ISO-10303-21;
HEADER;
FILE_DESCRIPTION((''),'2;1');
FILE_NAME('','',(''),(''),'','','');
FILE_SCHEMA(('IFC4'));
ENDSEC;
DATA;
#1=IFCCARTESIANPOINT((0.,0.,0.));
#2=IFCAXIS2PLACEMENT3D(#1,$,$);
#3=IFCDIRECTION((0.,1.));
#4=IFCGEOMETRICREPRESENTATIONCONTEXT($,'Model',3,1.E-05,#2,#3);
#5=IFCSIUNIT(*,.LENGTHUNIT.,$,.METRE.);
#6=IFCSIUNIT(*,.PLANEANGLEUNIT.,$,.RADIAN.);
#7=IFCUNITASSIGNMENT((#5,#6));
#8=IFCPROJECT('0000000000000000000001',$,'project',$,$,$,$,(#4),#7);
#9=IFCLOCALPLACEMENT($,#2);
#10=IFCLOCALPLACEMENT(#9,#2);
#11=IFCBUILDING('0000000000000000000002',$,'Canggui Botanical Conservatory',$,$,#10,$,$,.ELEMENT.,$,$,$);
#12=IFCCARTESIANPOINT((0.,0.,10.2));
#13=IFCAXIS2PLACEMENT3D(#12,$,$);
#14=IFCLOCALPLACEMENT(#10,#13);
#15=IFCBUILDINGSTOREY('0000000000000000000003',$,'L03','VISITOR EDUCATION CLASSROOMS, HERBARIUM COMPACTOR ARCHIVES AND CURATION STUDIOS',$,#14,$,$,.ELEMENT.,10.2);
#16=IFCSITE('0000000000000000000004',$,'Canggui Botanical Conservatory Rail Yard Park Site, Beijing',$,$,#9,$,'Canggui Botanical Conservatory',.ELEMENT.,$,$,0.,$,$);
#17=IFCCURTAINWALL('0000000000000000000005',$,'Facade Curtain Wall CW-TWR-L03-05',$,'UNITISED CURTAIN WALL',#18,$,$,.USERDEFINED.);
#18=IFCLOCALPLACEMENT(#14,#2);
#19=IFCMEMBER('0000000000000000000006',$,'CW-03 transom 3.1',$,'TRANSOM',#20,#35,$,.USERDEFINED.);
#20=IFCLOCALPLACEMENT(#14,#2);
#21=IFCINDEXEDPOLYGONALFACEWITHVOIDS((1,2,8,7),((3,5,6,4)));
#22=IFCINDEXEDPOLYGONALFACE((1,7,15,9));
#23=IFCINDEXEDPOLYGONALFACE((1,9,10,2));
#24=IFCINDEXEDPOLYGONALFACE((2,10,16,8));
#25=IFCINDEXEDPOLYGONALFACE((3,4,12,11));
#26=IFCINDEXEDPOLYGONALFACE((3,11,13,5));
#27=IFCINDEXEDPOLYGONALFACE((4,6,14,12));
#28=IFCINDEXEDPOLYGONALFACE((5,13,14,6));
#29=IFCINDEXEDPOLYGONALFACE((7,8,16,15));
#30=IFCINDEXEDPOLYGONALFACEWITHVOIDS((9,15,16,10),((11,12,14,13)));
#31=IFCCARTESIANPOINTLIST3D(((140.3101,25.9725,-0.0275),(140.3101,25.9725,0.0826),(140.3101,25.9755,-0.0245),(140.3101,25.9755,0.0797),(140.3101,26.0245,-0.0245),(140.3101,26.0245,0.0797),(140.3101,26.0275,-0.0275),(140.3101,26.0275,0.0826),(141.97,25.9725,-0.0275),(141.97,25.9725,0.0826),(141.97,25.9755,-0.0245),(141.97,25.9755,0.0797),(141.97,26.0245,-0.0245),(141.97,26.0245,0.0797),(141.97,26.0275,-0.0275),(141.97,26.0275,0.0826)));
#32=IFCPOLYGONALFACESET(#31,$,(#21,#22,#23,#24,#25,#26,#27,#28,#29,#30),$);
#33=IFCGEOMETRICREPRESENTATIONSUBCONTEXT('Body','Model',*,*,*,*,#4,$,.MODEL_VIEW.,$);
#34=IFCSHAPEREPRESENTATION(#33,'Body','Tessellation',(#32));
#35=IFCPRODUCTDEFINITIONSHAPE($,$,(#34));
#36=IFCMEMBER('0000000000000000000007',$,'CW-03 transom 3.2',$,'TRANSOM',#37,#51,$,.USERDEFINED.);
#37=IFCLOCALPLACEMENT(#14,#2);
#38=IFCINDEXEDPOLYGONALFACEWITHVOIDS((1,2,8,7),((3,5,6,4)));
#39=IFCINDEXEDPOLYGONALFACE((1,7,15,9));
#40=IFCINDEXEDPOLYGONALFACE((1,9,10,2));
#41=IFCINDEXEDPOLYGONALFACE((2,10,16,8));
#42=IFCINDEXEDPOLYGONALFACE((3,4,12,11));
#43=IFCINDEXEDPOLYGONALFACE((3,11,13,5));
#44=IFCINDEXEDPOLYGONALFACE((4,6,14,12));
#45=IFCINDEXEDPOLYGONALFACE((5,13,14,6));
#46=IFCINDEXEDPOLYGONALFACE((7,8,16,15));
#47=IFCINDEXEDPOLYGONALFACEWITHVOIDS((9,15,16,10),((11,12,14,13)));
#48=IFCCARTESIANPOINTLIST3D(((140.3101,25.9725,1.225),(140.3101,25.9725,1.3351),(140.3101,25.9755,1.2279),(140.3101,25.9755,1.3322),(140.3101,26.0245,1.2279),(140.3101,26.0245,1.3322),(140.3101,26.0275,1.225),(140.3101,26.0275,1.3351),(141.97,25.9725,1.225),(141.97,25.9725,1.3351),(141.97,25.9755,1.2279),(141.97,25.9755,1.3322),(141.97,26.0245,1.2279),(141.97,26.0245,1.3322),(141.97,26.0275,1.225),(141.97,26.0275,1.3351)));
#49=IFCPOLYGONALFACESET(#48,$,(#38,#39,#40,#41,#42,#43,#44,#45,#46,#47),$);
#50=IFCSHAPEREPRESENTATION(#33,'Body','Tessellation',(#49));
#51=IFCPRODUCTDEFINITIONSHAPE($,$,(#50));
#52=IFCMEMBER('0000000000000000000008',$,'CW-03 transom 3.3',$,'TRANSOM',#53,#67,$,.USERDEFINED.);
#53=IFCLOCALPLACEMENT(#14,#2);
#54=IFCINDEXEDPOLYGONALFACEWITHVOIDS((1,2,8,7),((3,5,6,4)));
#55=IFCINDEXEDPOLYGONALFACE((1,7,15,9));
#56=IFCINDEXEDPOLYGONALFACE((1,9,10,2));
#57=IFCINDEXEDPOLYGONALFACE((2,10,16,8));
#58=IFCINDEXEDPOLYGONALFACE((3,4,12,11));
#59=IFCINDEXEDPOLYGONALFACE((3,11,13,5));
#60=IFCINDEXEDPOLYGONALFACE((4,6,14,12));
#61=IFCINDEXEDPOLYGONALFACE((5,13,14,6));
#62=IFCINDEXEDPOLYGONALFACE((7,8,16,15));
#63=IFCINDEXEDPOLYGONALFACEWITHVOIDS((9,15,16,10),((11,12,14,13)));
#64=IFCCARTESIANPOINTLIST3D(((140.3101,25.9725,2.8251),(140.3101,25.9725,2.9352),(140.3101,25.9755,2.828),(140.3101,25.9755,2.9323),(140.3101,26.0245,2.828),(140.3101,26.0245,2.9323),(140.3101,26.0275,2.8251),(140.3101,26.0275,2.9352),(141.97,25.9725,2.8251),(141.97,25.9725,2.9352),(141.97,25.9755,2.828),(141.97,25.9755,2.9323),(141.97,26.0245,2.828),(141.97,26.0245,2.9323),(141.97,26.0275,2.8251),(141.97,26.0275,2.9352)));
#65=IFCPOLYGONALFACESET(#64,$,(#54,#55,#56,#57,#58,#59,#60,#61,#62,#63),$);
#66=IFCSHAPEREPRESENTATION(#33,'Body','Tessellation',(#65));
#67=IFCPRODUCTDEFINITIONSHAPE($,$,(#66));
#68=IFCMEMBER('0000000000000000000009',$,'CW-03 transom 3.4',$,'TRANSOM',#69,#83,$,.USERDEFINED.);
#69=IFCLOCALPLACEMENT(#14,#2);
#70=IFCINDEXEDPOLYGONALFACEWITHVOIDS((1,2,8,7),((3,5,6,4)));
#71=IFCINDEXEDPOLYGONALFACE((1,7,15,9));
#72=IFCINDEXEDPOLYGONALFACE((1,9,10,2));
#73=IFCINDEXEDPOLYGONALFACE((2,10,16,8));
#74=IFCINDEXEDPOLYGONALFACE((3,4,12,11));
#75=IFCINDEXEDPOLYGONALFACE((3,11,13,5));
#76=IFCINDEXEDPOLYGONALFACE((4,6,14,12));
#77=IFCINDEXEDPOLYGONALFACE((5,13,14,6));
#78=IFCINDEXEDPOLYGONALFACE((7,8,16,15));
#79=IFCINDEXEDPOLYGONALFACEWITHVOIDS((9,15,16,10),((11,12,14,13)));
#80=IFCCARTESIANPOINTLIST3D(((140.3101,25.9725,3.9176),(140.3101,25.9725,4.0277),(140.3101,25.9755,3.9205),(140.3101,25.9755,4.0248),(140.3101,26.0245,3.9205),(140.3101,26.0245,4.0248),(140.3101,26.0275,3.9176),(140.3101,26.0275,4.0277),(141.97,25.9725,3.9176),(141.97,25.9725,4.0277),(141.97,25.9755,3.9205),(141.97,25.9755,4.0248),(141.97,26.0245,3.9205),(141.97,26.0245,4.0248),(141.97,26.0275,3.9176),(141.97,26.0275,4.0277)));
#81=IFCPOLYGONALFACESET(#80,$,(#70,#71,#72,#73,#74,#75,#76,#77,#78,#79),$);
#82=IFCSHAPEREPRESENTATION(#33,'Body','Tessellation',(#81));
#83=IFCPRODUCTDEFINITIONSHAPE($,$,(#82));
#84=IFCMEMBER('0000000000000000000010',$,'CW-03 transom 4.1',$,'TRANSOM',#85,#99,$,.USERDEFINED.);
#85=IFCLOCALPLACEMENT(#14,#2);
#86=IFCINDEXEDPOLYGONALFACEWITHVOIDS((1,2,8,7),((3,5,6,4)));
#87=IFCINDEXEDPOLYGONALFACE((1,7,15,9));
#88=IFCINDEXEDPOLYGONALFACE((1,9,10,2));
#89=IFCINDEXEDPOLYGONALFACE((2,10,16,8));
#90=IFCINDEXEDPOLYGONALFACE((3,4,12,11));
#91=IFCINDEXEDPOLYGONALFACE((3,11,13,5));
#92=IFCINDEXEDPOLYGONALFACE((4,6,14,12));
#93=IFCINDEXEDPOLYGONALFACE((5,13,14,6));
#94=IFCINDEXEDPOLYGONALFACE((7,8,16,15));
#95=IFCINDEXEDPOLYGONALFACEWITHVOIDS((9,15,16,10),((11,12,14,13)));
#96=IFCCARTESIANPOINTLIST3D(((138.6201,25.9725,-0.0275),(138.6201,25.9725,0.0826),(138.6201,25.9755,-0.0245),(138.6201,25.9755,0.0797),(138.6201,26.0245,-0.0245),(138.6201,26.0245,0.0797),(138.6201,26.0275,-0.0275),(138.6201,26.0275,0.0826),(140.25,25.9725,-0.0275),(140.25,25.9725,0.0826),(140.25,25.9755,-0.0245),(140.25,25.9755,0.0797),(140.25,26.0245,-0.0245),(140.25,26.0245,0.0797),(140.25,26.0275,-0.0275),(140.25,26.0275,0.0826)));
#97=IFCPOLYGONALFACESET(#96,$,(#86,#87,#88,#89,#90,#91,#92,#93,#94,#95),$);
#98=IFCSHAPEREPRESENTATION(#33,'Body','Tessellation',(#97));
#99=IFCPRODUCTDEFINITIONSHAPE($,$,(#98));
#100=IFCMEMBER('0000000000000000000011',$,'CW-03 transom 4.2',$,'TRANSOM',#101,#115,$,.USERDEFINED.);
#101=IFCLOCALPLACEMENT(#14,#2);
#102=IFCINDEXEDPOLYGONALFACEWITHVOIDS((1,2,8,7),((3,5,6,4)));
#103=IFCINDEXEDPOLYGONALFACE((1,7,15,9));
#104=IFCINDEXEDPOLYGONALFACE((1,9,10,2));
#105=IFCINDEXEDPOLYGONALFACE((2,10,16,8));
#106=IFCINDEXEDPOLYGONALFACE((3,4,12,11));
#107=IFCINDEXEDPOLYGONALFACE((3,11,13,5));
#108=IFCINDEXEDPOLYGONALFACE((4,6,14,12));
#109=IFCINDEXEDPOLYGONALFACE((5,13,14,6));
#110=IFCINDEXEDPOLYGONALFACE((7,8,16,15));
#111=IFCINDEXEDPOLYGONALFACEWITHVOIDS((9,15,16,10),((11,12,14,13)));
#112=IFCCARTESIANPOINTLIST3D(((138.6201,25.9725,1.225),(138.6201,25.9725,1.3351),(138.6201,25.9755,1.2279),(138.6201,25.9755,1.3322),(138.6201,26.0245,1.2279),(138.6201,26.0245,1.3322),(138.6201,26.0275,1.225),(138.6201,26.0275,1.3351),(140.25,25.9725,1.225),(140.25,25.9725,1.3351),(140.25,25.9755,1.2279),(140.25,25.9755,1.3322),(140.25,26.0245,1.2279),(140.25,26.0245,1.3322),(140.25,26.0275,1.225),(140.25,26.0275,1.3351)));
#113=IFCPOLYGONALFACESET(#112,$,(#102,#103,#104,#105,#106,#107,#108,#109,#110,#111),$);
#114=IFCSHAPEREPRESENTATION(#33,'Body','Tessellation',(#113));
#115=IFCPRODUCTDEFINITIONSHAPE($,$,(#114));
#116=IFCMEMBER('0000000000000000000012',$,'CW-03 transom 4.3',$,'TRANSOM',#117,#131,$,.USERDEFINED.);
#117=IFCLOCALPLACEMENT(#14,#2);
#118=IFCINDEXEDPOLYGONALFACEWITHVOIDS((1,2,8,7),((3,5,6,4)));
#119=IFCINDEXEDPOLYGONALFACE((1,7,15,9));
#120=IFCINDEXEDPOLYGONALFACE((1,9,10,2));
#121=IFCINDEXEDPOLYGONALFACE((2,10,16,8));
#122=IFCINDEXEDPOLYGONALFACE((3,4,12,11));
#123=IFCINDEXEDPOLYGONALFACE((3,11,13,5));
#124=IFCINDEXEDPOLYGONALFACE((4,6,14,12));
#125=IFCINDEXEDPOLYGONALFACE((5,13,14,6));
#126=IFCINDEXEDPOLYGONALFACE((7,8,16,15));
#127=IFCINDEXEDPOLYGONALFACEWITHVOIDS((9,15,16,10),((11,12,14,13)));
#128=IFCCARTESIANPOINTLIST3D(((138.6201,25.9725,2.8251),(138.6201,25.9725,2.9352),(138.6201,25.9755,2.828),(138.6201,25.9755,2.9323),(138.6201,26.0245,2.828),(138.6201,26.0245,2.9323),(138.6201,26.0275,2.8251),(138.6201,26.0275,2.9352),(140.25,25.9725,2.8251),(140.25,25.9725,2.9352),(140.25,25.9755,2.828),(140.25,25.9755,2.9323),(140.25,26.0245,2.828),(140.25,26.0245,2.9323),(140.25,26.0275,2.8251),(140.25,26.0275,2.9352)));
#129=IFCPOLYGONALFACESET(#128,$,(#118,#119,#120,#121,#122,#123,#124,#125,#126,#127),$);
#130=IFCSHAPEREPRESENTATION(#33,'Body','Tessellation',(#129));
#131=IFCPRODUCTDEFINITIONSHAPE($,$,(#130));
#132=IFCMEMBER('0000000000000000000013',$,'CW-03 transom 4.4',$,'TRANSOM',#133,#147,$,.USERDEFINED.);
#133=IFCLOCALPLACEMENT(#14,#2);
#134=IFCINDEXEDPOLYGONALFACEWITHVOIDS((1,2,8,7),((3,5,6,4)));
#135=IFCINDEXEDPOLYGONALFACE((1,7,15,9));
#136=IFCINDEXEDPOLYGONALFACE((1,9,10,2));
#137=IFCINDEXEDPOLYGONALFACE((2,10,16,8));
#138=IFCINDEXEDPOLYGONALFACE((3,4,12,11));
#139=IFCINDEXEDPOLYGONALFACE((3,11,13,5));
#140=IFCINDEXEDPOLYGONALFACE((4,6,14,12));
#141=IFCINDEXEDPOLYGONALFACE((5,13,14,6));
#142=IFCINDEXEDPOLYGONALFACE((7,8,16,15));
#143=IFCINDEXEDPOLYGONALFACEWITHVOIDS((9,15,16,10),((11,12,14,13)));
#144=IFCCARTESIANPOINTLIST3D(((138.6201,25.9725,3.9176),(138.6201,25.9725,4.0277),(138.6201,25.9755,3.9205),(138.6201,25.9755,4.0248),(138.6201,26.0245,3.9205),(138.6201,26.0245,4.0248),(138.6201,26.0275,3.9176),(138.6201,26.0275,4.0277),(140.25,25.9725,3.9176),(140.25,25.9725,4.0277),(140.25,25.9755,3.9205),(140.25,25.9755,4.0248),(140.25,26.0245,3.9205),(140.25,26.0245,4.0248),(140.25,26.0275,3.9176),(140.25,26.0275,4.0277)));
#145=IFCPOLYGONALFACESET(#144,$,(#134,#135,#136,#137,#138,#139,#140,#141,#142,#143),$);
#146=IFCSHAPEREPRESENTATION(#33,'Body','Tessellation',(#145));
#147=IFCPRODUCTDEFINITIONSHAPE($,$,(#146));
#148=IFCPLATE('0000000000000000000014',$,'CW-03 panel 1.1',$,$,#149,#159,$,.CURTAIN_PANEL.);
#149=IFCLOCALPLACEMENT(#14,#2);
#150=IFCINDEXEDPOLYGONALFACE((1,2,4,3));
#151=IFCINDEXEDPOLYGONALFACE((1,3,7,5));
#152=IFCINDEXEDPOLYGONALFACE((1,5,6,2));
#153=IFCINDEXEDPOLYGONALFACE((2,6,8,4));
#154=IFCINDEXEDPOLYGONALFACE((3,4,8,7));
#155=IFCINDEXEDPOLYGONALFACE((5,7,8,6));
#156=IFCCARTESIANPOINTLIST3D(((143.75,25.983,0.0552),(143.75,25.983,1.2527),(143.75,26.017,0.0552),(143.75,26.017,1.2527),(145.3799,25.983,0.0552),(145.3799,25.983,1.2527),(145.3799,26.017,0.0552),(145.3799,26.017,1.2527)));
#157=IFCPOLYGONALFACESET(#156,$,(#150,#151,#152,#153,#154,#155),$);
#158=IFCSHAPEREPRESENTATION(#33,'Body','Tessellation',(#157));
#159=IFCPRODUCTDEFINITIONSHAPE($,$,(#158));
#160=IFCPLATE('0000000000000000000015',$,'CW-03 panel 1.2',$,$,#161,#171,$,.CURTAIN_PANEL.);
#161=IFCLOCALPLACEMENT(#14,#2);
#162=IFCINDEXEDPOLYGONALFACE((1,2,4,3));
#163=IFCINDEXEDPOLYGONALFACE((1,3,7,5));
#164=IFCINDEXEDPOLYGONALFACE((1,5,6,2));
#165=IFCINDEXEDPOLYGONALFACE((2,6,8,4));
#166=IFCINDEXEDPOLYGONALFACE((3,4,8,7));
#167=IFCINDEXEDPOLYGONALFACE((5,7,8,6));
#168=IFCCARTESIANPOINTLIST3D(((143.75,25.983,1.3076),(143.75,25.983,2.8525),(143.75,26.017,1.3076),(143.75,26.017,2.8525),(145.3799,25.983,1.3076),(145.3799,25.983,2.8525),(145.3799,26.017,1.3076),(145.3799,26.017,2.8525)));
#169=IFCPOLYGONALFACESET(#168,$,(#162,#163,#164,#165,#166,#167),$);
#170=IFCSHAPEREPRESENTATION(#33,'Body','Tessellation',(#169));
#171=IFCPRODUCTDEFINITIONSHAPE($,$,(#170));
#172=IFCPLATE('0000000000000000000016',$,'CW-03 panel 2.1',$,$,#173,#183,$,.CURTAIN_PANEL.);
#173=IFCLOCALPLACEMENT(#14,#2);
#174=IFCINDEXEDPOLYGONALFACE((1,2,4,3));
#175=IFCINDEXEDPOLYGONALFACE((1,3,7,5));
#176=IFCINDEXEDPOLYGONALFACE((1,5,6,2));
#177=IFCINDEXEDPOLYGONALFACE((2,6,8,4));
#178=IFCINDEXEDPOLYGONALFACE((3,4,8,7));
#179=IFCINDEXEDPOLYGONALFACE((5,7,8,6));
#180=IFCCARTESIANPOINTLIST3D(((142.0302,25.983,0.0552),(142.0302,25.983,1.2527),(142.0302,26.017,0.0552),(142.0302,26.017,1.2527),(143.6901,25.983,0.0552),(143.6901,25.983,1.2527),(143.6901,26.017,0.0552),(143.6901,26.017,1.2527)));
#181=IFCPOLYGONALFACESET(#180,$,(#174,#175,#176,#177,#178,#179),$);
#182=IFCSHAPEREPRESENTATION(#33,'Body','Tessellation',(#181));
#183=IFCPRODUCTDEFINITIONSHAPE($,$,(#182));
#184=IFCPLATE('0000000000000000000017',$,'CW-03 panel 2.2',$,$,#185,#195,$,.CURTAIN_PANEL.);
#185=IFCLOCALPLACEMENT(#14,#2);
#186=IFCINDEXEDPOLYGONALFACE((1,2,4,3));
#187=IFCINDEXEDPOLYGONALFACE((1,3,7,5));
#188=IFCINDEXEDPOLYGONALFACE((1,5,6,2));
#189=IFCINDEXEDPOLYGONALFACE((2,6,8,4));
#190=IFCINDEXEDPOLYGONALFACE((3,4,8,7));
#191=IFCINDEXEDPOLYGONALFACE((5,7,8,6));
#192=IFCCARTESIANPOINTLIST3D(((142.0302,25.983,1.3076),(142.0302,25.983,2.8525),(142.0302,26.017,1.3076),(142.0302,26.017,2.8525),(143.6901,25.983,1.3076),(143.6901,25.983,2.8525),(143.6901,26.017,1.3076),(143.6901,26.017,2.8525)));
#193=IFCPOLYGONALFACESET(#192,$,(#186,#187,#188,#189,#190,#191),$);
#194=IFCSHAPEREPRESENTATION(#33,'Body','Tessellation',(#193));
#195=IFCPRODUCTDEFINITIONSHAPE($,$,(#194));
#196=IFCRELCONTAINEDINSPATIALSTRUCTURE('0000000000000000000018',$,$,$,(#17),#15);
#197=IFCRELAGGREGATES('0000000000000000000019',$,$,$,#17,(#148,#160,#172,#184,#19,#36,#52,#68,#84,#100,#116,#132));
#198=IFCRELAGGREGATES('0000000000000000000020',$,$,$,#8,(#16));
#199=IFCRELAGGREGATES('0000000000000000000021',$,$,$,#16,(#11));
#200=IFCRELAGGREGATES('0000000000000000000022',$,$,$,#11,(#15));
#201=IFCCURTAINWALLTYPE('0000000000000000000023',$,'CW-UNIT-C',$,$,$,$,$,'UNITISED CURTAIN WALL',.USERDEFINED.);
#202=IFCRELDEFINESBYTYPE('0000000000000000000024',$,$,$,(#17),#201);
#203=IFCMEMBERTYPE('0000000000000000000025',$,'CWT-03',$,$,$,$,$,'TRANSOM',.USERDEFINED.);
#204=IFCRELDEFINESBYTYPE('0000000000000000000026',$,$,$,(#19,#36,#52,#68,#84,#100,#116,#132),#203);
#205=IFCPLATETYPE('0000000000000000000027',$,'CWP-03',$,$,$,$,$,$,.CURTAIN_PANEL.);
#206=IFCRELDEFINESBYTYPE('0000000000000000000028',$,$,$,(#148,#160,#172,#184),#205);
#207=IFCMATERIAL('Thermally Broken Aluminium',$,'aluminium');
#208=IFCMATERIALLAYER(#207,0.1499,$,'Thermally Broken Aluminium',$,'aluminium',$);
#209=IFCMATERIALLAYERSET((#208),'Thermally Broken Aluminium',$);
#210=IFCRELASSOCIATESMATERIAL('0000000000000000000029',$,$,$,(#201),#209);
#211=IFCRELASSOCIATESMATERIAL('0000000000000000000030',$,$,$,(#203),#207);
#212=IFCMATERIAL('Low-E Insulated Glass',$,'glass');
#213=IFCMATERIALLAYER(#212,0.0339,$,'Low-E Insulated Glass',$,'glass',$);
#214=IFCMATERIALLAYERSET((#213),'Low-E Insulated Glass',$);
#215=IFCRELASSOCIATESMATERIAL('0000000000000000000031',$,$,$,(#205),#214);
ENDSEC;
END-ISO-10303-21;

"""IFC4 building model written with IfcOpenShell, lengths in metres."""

from ifc_helpers import new_model, si_unit, direction, frame, origin, origin_2d, place, context, subcontext, project, spatial, rectangle, hollow_rectangle, extrude, material, layer, layer_set, material_profile, profile_set, type_object, element, aggregate, save


model = new_model("IFC4")

# Units and contexts
model_context = context("Model", 3, precision=1e-05, world=origin(), true_north=direction((0.0, 1.0)))
body_context = subcontext(model_context, "Body", "Model", "MODEL_VIEW")
ifc_project = project(units=[si_unit("LENGTHUNIT", "METRE"), si_unit("PLANEANGLEUNIT", "RADIAN")], contexts=[model_context])

# Site, building, storey
site_placement = place(None, origin())
site = spatial("IfcSite", under=ifc_project, at=site_placement, Name="Canggui Botanical Conservatory Rail Yard Park Site, Beijing", LongName="Canggui Botanical Conservatory", CompositionType="ELEMENT", RefElevation=0.0)
building_placement = place(site_placement, origin())
building = spatial("IfcBuilding", under=site, at=building_placement, Name="Canggui Botanical Conservatory", CompositionType="ELEMENT")
storey_placement = place(building_placement, frame((0.0, 0.0, 10.2)))
storey = spatial("IfcBuildingStorey", under=building, at=storey_placement, Name="L03", Description="VISITOR EDUCATION CLASSROOMS, HERBARIUM COMPACTOR ARCHIVES AND CURATION STUDIOS", CompositionType="ELEMENT", Elevation=10.2)

# Curtain wall, members, plates
ifc_material_1 = material(Name="Thermally Broken Aluminium", Category="aluminium")
ifc_layer_1 = layer(ifc_material_1, 0.1499, Name="Thermally Broken Aluminium", Category="aluminium")
ifc_layer_set_1 = layer_set([ifc_layer_1], Name="Thermally Broken Aluminium")
curtain_wall_type = type_object("IfcCurtainWallType", Name="CW-UNIT-C", ElementType="UNITISED CURTAIN WALL", PredefinedType="USERDEFINED", material=ifc_layer_set_1)
curtain_wall_placement = place(storey_placement, origin())
curtain_wall = element("IfcCurtainWall", 1, at=curtain_wall_placement, inside=storey, type_object=curtain_wall_type, Name="Facade Curtain Wall CW-TWR-L03-05", ObjectType="UNITISED CURTAIN WALL", PredefinedType="USERDEFINED")
ifc_material_profile_1 = material_profile(ifc_material_1, hollow_rectangle(XDim=0.0549, YDim=0.1101, WallThickness=0.0029, at=origin_2d()), Name="CWT 55x110x3")
ifc_profile_set_1 = profile_set([ifc_material_profile_1], Name="Thermally Broken Aluminium")
member_type_1 = type_object("IfcMemberType", Name="CWT-03", ElementType="TRANSOM", PredefinedType="USERDEFINED", material=ifc_profile_set_1)
member_1_placement = place(storey_placement, frame((141.97, 26.0, 0.0276), z_axis=(-1.0, 0.0, 0.0), x_axis=(0.0, -1.0, 0.0)))
member_1 = element("IfcMember", 2, at=member_1_placement, type_object=member_type_1, Name="CW-03 transom 3.1", ObjectType="TRANSOM", PredefinedType="USERDEFINED", context=body_context, shape_type="SweptSolid", body=[
    extrude(hollow_rectangle(XDim=0.0549, YDim=0.1101, WallThickness=0.0029, at=origin_2d()), origin(), (0.0, 0.0, 1.0), 1.6599),
])
member_2_placement = place(storey_placement, frame((141.97, 26.0, 1.28), z_axis=(-1.0, 0.0, 0.0), x_axis=(0.0, -1.0, 0.0)))
member_2 = element("IfcMember", 3, at=member_2_placement, type_object=member_type_1, Name="CW-03 transom 3.2", ObjectType="TRANSOM", PredefinedType="USERDEFINED", context=body_context, shape_type="SweptSolid", body=[
    extrude(hollow_rectangle(XDim=0.0549, YDim=0.1101, WallThickness=0.0029, at=origin_2d()), origin(), (0.0, 0.0, 1.0), 1.6599),
])
member_3_placement = place(storey_placement, frame((141.97, 26.0, 2.8801), z_axis=(-1.0, 0.0, 0.0), x_axis=(0.0, -1.0, 0.0)))
member_3 = element("IfcMember", 4, at=member_3_placement, type_object=member_type_1, Name="CW-03 transom 3.3", ObjectType="TRANSOM", PredefinedType="USERDEFINED", context=body_context, shape_type="SweptSolid", body=[
    extrude(hollow_rectangle(XDim=0.0549, YDim=0.1101, WallThickness=0.0029, at=origin_2d()), origin(), (0.0, 0.0, 1.0), 1.6599),
])
member_4_placement = place(storey_placement, frame((141.97, 26.0, 3.9727), z_axis=(-1.0, 0.0, 0.0), x_axis=(0.0, -1.0, 0.0)))
member_4 = element("IfcMember", 5, at=member_4_placement, type_object=member_type_1, Name="CW-03 transom 3.4", ObjectType="TRANSOM", PredefinedType="USERDEFINED", context=body_context, shape_type="SweptSolid", body=[
    extrude(hollow_rectangle(XDim=0.0549, YDim=0.1101, WallThickness=0.0029, at=origin_2d()), origin(), (0.0, 0.0, 1.0), 1.6599),
])
member_5_placement = place(storey_placement, frame((140.25, 26.0, 0.0276), z_axis=(-1.0, 0.0, 0.0), x_axis=(0.0, -1.0, 0.0)))
member_5 = element("IfcMember", 6, at=member_5_placement, type_object=member_type_1, Name="CW-03 transom 4.1", ObjectType="TRANSOM", PredefinedType="USERDEFINED", context=body_context, shape_type="SweptSolid", body=[
    extrude(hollow_rectangle(XDim=0.0549, YDim=0.1101, WallThickness=0.0029, at=origin_2d()), origin(), (0.0, 0.0, 1.0), 1.6299),
])
member_6_placement = place(storey_placement, frame((140.25, 26.0, 1.28), z_axis=(-1.0, 0.0, 0.0), x_axis=(0.0, -1.0, 0.0)))
member_6 = element("IfcMember", 7, at=member_6_placement, type_object=member_type_1, Name="CW-03 transom 4.2", ObjectType="TRANSOM", PredefinedType="USERDEFINED", context=body_context, shape_type="SweptSolid", body=[
    extrude(hollow_rectangle(XDim=0.0549, YDim=0.1101, WallThickness=0.0029, at=origin_2d()), origin(), (0.0, 0.0, 1.0), 1.6299),
])
member_7_placement = place(storey_placement, frame((140.25, 26.0, 2.8801), z_axis=(-1.0, 0.0, 0.0), x_axis=(0.0, -1.0, 0.0)))
member_7 = element("IfcMember", 8, at=member_7_placement, type_object=member_type_1, Name="CW-03 transom 4.3", ObjectType="TRANSOM", PredefinedType="USERDEFINED", context=body_context, shape_type="SweptSolid", body=[
    extrude(hollow_rectangle(XDim=0.0549, YDim=0.1101, WallThickness=0.0029, at=origin_2d()), origin(), (0.0, 0.0, 1.0), 1.6299),
])
member_8_placement = place(storey_placement, frame((140.25, 26.0, 3.9727), z_axis=(-1.0, 0.0, 0.0), x_axis=(0.0, -1.0, 0.0)))
member_8 = element("IfcMember", 9, at=member_8_placement, type_object=member_type_1, Name="CW-03 transom 4.4", ObjectType="TRANSOM", PredefinedType="USERDEFINED", context=body_context, shape_type="SweptSolid", body=[
    extrude(hollow_rectangle(XDim=0.0549, YDim=0.1101, WallThickness=0.0029, at=origin_2d()), origin(), (0.0, 0.0, 1.0), 1.6299),
])
ifc_material_2 = material(Name="Low-E Insulated Glass", Category="glass")
ifc_layer_2 = layer(ifc_material_2, 0.0339, Name="Low-E Insulated Glass", Category="glass")
ifc_layer_set_2 = layer_set([ifc_layer_2], Name="Low-E Insulated Glass")
plate_type = type_object("IfcPlateType", Name="CWP-03", PredefinedType="CURTAIN_PANEL", material=ifc_layer_set_2)
plate_1_placement = place(storey_placement, frame((144.5649, 26.0, 0.0552), z_axis=(0.0, 0.0, 1.0), x_axis=(-1.0, 0.0, 0.0)))
plate_1 = element("IfcPlate", 10, at=plate_1_placement, type_object=plate_type, Name="CW-03 panel 1.1", PredefinedType="CURTAIN_PANEL", context=body_context, shape_type="SweptSolid", body=[
    extrude(rectangle(XDim=1.6299, YDim=0.0339, at=origin_2d()), origin(), (0.0, 0.0, 1.0), 1.1975),
])
plate_2_placement = place(storey_placement, frame((144.5649, 26.0, 1.3076), z_axis=(0.0, 0.0, 1.0), x_axis=(-1.0, 0.0, 0.0)))
plate_2 = element("IfcPlate", 11, at=plate_2_placement, type_object=plate_type, Name="CW-03 panel 1.2", PredefinedType="CURTAIN_PANEL", context=body_context, shape_type="SweptSolid", body=[
    extrude(rectangle(XDim=1.6299, YDim=0.0339, at=origin_2d()), origin(), (0.0, 0.0, 1.0), 1.5449),
])
plate_3_placement = place(storey_placement, frame((142.8601, 26.0, 0.0552), z_axis=(0.0, 0.0, 1.0), x_axis=(-1.0, 0.0, 0.0)))
plate_3 = element("IfcPlate", 12, at=plate_3_placement, type_object=plate_type, Name="CW-03 panel 2.1", PredefinedType="CURTAIN_PANEL", context=body_context, shape_type="SweptSolid", body=[
    extrude(rectangle(XDim=1.6599, YDim=0.0339, at=origin_2d()), origin(), (0.0, 0.0, 1.0), 1.1975),
])
plate_4_placement = place(storey_placement, frame((142.8601, 26.0, 1.3076), z_axis=(0.0, 0.0, 1.0), x_axis=(-1.0, 0.0, 0.0)))
plate_4 = element("IfcPlate", 13, at=plate_4_placement, type_object=plate_type, Name="CW-03 panel 2.2", PredefinedType="CURTAIN_PANEL", context=body_context, shape_type="SweptSolid", body=[
    extrude(rectangle(XDim=1.6599, YDim=0.0339, at=origin_2d()), origin(), (0.0, 0.0, 1.0), 1.5449),
])
aggregate(curtain_wall, [plate_1, plate_2, plate_3, plate_4, member_1, member_2, member_3, member_4, member_5, member_6, member_7, member_8])

save(model, "model.ifc")
